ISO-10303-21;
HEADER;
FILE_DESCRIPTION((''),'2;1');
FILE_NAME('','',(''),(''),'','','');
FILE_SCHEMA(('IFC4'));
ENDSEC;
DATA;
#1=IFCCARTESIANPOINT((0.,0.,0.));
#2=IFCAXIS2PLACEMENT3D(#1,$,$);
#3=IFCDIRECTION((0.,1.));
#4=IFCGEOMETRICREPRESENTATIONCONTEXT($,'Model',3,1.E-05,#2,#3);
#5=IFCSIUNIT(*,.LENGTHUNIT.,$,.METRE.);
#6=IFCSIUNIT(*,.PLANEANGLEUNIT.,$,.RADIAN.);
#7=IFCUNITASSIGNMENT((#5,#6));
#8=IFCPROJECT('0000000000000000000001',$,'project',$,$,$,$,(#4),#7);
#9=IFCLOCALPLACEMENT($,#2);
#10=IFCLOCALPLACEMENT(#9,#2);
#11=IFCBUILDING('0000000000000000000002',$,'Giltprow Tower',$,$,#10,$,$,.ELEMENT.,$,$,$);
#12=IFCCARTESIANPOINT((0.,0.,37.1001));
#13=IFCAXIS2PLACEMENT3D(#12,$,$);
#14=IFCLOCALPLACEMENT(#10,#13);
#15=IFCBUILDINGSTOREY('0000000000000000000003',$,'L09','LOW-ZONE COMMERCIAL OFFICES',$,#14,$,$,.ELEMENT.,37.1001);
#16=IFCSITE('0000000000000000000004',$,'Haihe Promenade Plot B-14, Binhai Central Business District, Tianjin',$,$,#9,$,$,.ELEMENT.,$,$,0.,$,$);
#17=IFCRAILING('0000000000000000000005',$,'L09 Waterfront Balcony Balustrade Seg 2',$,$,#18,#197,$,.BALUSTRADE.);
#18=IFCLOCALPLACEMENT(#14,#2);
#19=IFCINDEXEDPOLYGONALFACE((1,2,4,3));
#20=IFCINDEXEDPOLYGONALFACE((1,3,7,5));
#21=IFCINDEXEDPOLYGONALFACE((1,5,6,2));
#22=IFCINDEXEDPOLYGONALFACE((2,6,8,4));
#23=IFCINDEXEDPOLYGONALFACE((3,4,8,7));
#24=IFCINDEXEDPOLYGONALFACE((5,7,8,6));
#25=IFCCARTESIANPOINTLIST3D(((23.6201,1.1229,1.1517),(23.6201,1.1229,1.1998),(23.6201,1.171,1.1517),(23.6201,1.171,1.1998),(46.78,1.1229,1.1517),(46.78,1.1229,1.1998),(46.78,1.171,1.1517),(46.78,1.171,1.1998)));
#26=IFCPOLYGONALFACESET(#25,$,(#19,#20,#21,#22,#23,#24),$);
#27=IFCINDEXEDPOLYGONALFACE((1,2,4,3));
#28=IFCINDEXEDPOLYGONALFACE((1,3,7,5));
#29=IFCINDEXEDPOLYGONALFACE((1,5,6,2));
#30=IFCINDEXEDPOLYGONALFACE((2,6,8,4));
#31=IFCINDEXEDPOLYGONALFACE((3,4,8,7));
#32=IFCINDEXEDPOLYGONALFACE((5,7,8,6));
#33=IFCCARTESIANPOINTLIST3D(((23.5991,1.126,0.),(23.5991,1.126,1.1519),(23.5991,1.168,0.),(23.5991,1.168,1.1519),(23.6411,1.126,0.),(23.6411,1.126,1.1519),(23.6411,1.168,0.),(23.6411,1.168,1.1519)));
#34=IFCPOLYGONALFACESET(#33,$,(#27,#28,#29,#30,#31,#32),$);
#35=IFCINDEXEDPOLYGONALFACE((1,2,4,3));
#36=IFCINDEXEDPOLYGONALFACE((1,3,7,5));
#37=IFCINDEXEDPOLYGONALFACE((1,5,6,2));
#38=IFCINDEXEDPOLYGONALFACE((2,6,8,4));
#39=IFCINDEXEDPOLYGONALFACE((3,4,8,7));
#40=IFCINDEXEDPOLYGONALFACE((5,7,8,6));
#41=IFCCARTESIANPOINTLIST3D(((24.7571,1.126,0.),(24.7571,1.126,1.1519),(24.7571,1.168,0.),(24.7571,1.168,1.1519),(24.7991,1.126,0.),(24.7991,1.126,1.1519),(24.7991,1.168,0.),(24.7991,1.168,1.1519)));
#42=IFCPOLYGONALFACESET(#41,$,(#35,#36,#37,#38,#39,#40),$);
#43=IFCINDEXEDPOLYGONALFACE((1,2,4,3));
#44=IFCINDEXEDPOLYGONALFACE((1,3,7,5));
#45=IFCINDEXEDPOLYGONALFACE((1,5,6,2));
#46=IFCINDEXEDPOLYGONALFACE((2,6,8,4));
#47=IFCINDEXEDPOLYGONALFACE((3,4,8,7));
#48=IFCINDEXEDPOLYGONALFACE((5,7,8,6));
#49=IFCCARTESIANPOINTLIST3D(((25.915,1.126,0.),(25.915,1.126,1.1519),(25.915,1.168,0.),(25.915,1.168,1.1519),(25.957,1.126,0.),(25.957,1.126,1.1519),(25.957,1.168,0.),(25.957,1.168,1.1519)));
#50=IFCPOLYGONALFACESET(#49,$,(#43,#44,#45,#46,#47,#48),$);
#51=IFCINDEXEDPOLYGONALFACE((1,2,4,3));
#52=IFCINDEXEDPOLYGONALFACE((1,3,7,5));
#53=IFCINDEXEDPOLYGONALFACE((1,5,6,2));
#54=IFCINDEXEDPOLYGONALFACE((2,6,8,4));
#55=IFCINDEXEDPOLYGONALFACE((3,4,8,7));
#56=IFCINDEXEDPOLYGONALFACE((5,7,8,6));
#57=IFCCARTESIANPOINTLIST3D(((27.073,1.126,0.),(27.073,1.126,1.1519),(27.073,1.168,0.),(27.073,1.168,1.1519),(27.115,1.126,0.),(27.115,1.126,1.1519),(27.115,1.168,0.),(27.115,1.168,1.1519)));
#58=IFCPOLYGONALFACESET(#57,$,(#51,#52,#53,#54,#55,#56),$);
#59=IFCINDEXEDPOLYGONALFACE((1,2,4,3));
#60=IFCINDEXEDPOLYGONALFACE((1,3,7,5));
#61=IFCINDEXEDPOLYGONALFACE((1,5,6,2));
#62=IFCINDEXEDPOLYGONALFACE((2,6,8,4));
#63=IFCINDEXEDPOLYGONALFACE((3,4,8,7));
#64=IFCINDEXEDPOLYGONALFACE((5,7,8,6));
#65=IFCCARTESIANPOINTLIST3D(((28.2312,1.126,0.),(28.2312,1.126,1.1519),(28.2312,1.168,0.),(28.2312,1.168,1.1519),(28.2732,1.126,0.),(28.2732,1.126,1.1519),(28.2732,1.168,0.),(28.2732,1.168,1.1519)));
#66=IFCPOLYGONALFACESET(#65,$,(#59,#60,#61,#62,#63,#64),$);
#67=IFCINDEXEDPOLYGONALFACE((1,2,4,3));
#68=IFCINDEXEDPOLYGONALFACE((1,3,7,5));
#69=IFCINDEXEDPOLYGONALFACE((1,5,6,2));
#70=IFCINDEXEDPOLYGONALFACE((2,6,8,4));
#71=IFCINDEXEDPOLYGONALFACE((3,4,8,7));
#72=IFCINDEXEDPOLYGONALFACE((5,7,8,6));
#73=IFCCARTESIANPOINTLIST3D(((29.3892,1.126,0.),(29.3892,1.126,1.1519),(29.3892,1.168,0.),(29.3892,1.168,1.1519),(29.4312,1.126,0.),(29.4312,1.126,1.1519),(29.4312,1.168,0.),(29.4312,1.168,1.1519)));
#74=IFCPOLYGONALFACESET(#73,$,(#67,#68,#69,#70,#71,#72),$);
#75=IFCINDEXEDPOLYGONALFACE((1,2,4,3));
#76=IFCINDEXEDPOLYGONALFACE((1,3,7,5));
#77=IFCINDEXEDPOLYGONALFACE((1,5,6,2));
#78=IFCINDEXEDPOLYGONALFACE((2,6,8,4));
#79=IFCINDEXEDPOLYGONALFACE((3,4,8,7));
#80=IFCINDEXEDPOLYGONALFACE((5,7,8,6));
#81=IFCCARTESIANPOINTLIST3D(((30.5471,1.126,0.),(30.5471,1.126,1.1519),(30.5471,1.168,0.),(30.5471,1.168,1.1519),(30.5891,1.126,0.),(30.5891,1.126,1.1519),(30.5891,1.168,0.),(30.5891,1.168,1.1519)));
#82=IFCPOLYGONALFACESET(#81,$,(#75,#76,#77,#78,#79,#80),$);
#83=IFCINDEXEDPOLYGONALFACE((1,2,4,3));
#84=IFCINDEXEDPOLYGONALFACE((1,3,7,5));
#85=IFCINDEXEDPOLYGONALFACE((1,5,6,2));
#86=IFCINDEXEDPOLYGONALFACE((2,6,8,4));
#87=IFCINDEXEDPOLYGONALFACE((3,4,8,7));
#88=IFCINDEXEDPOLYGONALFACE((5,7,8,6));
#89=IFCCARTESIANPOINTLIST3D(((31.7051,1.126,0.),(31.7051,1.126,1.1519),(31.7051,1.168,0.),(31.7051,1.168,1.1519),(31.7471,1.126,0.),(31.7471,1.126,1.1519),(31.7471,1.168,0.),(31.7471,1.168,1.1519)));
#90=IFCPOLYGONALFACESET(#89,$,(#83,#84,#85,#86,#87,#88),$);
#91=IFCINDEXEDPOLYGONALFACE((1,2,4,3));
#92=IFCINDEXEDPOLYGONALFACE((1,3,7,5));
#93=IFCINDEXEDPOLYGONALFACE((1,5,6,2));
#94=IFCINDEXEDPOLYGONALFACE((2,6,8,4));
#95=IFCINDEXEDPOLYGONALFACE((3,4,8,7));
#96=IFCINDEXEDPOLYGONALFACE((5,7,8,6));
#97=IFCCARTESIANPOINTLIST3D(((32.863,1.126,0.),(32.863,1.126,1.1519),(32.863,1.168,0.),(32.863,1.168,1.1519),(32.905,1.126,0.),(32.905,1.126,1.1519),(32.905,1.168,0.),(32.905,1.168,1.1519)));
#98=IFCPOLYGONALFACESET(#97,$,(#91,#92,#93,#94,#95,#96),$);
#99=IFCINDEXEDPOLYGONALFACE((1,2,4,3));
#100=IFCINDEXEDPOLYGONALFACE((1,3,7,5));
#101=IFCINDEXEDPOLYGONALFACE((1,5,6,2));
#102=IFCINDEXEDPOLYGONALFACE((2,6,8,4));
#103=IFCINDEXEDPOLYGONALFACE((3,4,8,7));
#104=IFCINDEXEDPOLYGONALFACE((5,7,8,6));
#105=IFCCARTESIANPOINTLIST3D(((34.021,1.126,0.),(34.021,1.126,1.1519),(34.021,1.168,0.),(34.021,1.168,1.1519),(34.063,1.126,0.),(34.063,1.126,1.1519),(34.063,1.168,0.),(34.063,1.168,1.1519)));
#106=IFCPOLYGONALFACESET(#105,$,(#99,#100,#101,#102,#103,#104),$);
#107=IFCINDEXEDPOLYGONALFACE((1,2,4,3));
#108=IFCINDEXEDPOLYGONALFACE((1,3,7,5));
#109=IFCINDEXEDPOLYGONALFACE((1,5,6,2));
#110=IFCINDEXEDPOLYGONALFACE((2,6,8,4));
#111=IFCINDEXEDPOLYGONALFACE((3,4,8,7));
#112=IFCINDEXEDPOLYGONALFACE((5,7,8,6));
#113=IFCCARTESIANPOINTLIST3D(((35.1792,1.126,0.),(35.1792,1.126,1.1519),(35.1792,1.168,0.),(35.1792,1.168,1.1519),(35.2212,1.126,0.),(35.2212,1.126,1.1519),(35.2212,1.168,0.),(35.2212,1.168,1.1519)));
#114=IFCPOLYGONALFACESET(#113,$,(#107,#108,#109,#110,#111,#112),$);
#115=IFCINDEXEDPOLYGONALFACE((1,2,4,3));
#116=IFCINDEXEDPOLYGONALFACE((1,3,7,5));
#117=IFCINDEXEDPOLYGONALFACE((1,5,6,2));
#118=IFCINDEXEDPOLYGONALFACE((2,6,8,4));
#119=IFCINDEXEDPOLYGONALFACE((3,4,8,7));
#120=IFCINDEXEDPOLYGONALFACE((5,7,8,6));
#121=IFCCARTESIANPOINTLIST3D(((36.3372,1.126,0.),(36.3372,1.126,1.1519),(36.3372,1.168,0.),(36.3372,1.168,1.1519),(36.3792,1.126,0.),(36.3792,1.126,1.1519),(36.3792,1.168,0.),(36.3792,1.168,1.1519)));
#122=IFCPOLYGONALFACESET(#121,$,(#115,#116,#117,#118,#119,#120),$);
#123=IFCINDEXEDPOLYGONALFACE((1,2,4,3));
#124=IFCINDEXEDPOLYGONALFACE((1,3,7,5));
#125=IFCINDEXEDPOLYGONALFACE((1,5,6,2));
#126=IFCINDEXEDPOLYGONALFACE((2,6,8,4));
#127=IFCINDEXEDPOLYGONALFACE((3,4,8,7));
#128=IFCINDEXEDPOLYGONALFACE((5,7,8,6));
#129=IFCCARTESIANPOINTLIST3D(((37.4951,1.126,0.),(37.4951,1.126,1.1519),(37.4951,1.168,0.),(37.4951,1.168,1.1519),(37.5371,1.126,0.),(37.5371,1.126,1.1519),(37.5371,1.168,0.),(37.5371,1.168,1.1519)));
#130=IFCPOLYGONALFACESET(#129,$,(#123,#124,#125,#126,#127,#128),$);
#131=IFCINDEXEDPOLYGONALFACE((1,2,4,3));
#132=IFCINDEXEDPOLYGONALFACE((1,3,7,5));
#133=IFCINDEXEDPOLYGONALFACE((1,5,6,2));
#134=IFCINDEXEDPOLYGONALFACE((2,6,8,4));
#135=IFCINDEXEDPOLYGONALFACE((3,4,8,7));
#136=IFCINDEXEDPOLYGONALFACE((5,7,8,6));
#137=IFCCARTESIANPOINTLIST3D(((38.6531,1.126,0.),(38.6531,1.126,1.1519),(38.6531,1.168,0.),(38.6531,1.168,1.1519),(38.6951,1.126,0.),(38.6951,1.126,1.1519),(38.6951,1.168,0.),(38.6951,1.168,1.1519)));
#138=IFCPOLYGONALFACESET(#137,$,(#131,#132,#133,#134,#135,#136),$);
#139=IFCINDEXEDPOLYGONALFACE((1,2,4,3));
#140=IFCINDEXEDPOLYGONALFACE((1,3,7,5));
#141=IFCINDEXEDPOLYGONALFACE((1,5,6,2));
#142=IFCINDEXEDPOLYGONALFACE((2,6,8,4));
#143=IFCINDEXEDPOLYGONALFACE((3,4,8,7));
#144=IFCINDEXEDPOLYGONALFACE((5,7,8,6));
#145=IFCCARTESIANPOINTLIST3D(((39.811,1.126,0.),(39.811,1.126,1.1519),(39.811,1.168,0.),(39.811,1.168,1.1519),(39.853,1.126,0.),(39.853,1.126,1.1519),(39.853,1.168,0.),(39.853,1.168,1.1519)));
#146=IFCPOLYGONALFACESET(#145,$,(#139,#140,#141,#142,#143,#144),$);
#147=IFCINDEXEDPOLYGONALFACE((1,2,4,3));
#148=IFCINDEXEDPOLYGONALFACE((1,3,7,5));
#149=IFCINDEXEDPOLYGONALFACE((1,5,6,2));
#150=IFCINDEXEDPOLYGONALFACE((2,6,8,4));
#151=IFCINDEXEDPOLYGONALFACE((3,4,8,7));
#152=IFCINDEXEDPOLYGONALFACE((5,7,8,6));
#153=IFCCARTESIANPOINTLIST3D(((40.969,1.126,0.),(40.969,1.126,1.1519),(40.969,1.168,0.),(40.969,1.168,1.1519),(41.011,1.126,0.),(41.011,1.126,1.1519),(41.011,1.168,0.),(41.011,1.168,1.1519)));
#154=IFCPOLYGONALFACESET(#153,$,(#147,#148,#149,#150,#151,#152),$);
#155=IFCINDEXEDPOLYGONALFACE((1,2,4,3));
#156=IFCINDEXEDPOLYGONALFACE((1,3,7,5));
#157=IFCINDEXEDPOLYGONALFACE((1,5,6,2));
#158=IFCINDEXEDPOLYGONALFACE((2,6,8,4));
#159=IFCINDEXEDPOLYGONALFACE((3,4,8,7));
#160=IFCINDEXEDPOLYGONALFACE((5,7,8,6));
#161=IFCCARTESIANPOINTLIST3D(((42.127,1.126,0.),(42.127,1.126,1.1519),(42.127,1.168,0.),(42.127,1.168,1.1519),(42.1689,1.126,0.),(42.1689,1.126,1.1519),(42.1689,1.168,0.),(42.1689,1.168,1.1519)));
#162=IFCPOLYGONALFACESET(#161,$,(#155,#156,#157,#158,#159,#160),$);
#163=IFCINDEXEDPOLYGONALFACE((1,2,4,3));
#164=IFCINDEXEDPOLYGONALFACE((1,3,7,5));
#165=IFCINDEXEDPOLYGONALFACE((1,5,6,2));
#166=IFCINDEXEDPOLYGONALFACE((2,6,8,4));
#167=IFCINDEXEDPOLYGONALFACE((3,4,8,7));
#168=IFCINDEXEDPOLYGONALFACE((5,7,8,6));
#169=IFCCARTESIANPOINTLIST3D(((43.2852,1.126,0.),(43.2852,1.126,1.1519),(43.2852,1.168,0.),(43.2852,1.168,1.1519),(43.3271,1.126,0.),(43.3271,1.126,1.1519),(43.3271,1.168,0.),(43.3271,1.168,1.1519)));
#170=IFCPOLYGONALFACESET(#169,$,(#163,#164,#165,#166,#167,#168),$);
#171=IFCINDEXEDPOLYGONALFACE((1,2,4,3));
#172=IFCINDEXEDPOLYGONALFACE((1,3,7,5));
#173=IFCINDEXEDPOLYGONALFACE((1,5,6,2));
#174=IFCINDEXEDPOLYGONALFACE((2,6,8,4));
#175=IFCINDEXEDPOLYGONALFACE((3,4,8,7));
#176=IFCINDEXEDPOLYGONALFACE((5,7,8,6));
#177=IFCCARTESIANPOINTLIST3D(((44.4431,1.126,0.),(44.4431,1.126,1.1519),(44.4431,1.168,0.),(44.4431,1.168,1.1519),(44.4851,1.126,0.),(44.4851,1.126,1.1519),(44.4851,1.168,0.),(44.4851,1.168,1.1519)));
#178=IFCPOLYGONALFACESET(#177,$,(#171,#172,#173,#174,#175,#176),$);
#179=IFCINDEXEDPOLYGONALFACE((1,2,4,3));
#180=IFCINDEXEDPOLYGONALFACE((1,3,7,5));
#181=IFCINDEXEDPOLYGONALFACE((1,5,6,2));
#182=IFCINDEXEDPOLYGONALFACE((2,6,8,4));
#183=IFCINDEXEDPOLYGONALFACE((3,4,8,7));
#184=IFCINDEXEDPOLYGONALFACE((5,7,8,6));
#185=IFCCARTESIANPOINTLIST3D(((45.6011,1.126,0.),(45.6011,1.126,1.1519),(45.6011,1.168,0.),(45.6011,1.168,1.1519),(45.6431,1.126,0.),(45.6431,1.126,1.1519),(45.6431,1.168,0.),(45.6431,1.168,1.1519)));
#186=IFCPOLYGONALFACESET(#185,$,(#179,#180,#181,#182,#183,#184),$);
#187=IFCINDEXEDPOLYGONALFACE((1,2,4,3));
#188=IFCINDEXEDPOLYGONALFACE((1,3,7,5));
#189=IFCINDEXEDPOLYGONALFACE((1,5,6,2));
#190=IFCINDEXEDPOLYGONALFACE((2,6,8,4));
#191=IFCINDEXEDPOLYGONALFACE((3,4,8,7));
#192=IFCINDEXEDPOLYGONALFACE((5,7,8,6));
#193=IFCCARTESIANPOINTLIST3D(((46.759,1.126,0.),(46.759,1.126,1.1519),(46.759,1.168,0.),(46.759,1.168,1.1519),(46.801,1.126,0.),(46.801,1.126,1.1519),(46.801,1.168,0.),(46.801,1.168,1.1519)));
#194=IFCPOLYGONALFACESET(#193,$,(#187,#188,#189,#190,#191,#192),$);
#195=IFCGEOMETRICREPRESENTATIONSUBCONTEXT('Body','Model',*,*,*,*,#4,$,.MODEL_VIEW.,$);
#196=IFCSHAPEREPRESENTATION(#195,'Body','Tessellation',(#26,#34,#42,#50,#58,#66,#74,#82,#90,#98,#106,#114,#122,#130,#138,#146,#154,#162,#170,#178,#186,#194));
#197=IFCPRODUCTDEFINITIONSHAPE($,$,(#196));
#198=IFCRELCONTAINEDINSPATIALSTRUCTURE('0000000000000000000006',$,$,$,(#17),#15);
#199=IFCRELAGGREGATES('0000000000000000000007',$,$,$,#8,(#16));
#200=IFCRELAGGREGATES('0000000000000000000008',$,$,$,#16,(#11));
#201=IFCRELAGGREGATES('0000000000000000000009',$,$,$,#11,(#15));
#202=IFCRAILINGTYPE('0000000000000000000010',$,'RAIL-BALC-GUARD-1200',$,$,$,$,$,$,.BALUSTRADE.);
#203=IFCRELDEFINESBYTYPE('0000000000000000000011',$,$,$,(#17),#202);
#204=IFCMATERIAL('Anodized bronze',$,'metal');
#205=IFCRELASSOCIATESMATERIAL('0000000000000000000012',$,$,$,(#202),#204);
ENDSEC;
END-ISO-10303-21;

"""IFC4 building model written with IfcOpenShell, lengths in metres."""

from ifc_helpers import new_model, si_unit, direction, frame, origin, origin_2d, place, context, subcontext, project, spatial, rectangle, extrude, material, type_object, element, save


model = new_model("IFC4")

# Units and contexts
model_context = context("Model", 3, precision=1e-05, world=origin(), true_north=direction((0.0, 1.0)))
body_context = subcontext(model_context, "Body", "Model", "MODEL_VIEW")
ifc_project = project(units=[si_unit("LENGTHUNIT", "METRE"), si_unit("PLANEANGLEUNIT", "RADIAN")], contexts=[model_context])

# Site, building, storey
site_placement = place(None, origin())
site = spatial("IfcSite", under=ifc_project, at=site_placement, Name="Haihe Promenade Plot B-14, Binhai Central Business District, Tianjin", CompositionType="ELEMENT", RefElevation=0.0)
building_placement = place(site_placement, origin())
building = spatial("IfcBuilding", under=site, at=building_placement, Name="Giltprow Tower", CompositionType="ELEMENT")
storey_placement = place(building_placement, frame((0.0, 0.0, 37.1001)))
storey = spatial("IfcBuildingStorey", under=building, at=storey_placement, Name="L09", Description="LOW-ZONE COMMERCIAL OFFICES", CompositionType="ELEMENT", Elevation=37.1001)

# Shared definitions
ifc_material_1 = material(Name="Anodized bronze", Category="metal")

# Railing
railing_type = type_object("IfcRailingType", Name="RAIL-BALC-GUARD-1200", PredefinedType="BALUSTRADE", material=ifc_material_1)
railing_1_placement = place(storey_placement, frame((23.6201, 1.147, 0.0)))
element("IfcRailing", 1, at=railing_1_placement, inside=storey, type_object=railing_type, Name="L09 Waterfront Balcony Balustrade Seg 2", PredefinedType="BALUSTRADE", context=body_context, shape_type="SweptSolid", body=[
    extrude(rectangle(XDim=0.0481, YDim=0.0481, at=origin_2d()), frame((0.0, 0.0, 1.1758), z_axis=(1.0, 0.0, 0.0), x_axis=(0.0, 1.0, 0.0)), (0.0, 0.0, 1.0), 23.1599),
    extrude(rectangle(XDim=0.042, YDim=0.042, at=origin_2d()), origin(), (0.0, 0.0, 1.0), 1.1519),
    extrude(rectangle(XDim=0.042, YDim=0.042, at=origin_2d()), frame((1.158, 0.0, 0.0)), (0.0, 0.0, 1.0), 1.1519),
    extrude(rectangle(XDim=0.042, YDim=0.042, at=origin_2d()), frame((2.3159, 0.0, 0.0)), (0.0, 0.0, 1.0), 1.1519),
    extrude(rectangle(XDim=0.042, YDim=0.042, at=origin_2d()), frame((3.4739, 0.0, 0.0)), (0.0, 0.0, 1.0), 1.1519),
    extrude(rectangle(XDim=0.042, YDim=0.042, at=origin_2d()), frame((4.6321, 0.0, 0.0)), (0.0, 0.0, 1.0), 1.1519),
    extrude(rectangle(XDim=0.042, YDim=0.042, at=origin_2d()), frame((5.79, 0.0, 0.0)), (0.0, 0.0, 1.0), 1.1519),
    extrude(rectangle(XDim=0.042, YDim=0.042, at=origin_2d()), frame((6.948, 0.0, 0.0)), (0.0, 0.0, 1.0), 1.1519),
    extrude(rectangle(XDim=0.042, YDim=0.042, at=origin_2d()), frame((8.106, 0.0, 0.0)), (0.0, 0.0, 1.0), 1.1519),
    extrude(rectangle(XDim=0.042, YDim=0.042, at=origin_2d()), frame((9.2639, 0.0, 0.0)), (0.0, 0.0, 1.0), 1.1519),
    extrude(rectangle(XDim=0.042, YDim=0.042, at=origin_2d()), frame((10.4219, 0.0, 0.0)), (0.0, 0.0, 1.0), 1.1519),
    extrude(rectangle(XDim=0.042, YDim=0.042, at=origin_2d()), frame((11.5801, 0.0, 0.0)), (0.0, 0.0, 1.0), 1.1519),
    extrude(rectangle(XDim=0.042, YDim=0.042, at=origin_2d()), frame((12.738, 0.0, 0.0)), (0.0, 0.0, 1.0), 1.1519),
    extrude(rectangle(XDim=0.042, YDim=0.042, at=origin_2d()), frame((13.896, 0.0, 0.0)), (0.0, 0.0, 1.0), 1.1519),
    extrude(rectangle(XDim=0.042, YDim=0.042, at=origin_2d()), frame((15.054, 0.0, 0.0)), (0.0, 0.0, 1.0), 1.1519),
    extrude(rectangle(XDim=0.042, YDim=0.042, at=origin_2d()), frame((16.2119, 0.0, 0.0)), (0.0, 0.0, 1.0), 1.1519),
    extrude(rectangle(XDim=0.042, YDim=0.042, at=origin_2d()), frame((17.3699, 0.0, 0.0)), (0.0, 0.0, 1.0), 1.1519),
    extrude(rectangle(XDim=0.042, YDim=0.042, at=origin_2d()), frame((18.5278, 0.0, 0.0)), (0.0, 0.0, 1.0), 1.1519),
    extrude(rectangle(XDim=0.042, YDim=0.042, at=origin_2d()), frame((19.686, 0.0, 0.0)), (0.0, 0.0, 1.0), 1.1519),
    extrude(rectangle(XDim=0.042, YDim=0.042, at=origin_2d()), frame((20.844, 0.0, 0.0)), (0.0, 0.0, 1.0), 1.1519),
    extrude(rectangle(XDim=0.042, YDim=0.042, at=origin_2d()), frame((22.002, 0.0, 0.0)), (0.0, 0.0, 1.0), 1.1519),
    extrude(rectangle(XDim=0.042, YDim=0.042, at=origin_2d()), frame((23.1599, 0.0, 0.0)), (0.0, 0.0, 1.0), 1.1519),
])

save(model, "model.ifc")
